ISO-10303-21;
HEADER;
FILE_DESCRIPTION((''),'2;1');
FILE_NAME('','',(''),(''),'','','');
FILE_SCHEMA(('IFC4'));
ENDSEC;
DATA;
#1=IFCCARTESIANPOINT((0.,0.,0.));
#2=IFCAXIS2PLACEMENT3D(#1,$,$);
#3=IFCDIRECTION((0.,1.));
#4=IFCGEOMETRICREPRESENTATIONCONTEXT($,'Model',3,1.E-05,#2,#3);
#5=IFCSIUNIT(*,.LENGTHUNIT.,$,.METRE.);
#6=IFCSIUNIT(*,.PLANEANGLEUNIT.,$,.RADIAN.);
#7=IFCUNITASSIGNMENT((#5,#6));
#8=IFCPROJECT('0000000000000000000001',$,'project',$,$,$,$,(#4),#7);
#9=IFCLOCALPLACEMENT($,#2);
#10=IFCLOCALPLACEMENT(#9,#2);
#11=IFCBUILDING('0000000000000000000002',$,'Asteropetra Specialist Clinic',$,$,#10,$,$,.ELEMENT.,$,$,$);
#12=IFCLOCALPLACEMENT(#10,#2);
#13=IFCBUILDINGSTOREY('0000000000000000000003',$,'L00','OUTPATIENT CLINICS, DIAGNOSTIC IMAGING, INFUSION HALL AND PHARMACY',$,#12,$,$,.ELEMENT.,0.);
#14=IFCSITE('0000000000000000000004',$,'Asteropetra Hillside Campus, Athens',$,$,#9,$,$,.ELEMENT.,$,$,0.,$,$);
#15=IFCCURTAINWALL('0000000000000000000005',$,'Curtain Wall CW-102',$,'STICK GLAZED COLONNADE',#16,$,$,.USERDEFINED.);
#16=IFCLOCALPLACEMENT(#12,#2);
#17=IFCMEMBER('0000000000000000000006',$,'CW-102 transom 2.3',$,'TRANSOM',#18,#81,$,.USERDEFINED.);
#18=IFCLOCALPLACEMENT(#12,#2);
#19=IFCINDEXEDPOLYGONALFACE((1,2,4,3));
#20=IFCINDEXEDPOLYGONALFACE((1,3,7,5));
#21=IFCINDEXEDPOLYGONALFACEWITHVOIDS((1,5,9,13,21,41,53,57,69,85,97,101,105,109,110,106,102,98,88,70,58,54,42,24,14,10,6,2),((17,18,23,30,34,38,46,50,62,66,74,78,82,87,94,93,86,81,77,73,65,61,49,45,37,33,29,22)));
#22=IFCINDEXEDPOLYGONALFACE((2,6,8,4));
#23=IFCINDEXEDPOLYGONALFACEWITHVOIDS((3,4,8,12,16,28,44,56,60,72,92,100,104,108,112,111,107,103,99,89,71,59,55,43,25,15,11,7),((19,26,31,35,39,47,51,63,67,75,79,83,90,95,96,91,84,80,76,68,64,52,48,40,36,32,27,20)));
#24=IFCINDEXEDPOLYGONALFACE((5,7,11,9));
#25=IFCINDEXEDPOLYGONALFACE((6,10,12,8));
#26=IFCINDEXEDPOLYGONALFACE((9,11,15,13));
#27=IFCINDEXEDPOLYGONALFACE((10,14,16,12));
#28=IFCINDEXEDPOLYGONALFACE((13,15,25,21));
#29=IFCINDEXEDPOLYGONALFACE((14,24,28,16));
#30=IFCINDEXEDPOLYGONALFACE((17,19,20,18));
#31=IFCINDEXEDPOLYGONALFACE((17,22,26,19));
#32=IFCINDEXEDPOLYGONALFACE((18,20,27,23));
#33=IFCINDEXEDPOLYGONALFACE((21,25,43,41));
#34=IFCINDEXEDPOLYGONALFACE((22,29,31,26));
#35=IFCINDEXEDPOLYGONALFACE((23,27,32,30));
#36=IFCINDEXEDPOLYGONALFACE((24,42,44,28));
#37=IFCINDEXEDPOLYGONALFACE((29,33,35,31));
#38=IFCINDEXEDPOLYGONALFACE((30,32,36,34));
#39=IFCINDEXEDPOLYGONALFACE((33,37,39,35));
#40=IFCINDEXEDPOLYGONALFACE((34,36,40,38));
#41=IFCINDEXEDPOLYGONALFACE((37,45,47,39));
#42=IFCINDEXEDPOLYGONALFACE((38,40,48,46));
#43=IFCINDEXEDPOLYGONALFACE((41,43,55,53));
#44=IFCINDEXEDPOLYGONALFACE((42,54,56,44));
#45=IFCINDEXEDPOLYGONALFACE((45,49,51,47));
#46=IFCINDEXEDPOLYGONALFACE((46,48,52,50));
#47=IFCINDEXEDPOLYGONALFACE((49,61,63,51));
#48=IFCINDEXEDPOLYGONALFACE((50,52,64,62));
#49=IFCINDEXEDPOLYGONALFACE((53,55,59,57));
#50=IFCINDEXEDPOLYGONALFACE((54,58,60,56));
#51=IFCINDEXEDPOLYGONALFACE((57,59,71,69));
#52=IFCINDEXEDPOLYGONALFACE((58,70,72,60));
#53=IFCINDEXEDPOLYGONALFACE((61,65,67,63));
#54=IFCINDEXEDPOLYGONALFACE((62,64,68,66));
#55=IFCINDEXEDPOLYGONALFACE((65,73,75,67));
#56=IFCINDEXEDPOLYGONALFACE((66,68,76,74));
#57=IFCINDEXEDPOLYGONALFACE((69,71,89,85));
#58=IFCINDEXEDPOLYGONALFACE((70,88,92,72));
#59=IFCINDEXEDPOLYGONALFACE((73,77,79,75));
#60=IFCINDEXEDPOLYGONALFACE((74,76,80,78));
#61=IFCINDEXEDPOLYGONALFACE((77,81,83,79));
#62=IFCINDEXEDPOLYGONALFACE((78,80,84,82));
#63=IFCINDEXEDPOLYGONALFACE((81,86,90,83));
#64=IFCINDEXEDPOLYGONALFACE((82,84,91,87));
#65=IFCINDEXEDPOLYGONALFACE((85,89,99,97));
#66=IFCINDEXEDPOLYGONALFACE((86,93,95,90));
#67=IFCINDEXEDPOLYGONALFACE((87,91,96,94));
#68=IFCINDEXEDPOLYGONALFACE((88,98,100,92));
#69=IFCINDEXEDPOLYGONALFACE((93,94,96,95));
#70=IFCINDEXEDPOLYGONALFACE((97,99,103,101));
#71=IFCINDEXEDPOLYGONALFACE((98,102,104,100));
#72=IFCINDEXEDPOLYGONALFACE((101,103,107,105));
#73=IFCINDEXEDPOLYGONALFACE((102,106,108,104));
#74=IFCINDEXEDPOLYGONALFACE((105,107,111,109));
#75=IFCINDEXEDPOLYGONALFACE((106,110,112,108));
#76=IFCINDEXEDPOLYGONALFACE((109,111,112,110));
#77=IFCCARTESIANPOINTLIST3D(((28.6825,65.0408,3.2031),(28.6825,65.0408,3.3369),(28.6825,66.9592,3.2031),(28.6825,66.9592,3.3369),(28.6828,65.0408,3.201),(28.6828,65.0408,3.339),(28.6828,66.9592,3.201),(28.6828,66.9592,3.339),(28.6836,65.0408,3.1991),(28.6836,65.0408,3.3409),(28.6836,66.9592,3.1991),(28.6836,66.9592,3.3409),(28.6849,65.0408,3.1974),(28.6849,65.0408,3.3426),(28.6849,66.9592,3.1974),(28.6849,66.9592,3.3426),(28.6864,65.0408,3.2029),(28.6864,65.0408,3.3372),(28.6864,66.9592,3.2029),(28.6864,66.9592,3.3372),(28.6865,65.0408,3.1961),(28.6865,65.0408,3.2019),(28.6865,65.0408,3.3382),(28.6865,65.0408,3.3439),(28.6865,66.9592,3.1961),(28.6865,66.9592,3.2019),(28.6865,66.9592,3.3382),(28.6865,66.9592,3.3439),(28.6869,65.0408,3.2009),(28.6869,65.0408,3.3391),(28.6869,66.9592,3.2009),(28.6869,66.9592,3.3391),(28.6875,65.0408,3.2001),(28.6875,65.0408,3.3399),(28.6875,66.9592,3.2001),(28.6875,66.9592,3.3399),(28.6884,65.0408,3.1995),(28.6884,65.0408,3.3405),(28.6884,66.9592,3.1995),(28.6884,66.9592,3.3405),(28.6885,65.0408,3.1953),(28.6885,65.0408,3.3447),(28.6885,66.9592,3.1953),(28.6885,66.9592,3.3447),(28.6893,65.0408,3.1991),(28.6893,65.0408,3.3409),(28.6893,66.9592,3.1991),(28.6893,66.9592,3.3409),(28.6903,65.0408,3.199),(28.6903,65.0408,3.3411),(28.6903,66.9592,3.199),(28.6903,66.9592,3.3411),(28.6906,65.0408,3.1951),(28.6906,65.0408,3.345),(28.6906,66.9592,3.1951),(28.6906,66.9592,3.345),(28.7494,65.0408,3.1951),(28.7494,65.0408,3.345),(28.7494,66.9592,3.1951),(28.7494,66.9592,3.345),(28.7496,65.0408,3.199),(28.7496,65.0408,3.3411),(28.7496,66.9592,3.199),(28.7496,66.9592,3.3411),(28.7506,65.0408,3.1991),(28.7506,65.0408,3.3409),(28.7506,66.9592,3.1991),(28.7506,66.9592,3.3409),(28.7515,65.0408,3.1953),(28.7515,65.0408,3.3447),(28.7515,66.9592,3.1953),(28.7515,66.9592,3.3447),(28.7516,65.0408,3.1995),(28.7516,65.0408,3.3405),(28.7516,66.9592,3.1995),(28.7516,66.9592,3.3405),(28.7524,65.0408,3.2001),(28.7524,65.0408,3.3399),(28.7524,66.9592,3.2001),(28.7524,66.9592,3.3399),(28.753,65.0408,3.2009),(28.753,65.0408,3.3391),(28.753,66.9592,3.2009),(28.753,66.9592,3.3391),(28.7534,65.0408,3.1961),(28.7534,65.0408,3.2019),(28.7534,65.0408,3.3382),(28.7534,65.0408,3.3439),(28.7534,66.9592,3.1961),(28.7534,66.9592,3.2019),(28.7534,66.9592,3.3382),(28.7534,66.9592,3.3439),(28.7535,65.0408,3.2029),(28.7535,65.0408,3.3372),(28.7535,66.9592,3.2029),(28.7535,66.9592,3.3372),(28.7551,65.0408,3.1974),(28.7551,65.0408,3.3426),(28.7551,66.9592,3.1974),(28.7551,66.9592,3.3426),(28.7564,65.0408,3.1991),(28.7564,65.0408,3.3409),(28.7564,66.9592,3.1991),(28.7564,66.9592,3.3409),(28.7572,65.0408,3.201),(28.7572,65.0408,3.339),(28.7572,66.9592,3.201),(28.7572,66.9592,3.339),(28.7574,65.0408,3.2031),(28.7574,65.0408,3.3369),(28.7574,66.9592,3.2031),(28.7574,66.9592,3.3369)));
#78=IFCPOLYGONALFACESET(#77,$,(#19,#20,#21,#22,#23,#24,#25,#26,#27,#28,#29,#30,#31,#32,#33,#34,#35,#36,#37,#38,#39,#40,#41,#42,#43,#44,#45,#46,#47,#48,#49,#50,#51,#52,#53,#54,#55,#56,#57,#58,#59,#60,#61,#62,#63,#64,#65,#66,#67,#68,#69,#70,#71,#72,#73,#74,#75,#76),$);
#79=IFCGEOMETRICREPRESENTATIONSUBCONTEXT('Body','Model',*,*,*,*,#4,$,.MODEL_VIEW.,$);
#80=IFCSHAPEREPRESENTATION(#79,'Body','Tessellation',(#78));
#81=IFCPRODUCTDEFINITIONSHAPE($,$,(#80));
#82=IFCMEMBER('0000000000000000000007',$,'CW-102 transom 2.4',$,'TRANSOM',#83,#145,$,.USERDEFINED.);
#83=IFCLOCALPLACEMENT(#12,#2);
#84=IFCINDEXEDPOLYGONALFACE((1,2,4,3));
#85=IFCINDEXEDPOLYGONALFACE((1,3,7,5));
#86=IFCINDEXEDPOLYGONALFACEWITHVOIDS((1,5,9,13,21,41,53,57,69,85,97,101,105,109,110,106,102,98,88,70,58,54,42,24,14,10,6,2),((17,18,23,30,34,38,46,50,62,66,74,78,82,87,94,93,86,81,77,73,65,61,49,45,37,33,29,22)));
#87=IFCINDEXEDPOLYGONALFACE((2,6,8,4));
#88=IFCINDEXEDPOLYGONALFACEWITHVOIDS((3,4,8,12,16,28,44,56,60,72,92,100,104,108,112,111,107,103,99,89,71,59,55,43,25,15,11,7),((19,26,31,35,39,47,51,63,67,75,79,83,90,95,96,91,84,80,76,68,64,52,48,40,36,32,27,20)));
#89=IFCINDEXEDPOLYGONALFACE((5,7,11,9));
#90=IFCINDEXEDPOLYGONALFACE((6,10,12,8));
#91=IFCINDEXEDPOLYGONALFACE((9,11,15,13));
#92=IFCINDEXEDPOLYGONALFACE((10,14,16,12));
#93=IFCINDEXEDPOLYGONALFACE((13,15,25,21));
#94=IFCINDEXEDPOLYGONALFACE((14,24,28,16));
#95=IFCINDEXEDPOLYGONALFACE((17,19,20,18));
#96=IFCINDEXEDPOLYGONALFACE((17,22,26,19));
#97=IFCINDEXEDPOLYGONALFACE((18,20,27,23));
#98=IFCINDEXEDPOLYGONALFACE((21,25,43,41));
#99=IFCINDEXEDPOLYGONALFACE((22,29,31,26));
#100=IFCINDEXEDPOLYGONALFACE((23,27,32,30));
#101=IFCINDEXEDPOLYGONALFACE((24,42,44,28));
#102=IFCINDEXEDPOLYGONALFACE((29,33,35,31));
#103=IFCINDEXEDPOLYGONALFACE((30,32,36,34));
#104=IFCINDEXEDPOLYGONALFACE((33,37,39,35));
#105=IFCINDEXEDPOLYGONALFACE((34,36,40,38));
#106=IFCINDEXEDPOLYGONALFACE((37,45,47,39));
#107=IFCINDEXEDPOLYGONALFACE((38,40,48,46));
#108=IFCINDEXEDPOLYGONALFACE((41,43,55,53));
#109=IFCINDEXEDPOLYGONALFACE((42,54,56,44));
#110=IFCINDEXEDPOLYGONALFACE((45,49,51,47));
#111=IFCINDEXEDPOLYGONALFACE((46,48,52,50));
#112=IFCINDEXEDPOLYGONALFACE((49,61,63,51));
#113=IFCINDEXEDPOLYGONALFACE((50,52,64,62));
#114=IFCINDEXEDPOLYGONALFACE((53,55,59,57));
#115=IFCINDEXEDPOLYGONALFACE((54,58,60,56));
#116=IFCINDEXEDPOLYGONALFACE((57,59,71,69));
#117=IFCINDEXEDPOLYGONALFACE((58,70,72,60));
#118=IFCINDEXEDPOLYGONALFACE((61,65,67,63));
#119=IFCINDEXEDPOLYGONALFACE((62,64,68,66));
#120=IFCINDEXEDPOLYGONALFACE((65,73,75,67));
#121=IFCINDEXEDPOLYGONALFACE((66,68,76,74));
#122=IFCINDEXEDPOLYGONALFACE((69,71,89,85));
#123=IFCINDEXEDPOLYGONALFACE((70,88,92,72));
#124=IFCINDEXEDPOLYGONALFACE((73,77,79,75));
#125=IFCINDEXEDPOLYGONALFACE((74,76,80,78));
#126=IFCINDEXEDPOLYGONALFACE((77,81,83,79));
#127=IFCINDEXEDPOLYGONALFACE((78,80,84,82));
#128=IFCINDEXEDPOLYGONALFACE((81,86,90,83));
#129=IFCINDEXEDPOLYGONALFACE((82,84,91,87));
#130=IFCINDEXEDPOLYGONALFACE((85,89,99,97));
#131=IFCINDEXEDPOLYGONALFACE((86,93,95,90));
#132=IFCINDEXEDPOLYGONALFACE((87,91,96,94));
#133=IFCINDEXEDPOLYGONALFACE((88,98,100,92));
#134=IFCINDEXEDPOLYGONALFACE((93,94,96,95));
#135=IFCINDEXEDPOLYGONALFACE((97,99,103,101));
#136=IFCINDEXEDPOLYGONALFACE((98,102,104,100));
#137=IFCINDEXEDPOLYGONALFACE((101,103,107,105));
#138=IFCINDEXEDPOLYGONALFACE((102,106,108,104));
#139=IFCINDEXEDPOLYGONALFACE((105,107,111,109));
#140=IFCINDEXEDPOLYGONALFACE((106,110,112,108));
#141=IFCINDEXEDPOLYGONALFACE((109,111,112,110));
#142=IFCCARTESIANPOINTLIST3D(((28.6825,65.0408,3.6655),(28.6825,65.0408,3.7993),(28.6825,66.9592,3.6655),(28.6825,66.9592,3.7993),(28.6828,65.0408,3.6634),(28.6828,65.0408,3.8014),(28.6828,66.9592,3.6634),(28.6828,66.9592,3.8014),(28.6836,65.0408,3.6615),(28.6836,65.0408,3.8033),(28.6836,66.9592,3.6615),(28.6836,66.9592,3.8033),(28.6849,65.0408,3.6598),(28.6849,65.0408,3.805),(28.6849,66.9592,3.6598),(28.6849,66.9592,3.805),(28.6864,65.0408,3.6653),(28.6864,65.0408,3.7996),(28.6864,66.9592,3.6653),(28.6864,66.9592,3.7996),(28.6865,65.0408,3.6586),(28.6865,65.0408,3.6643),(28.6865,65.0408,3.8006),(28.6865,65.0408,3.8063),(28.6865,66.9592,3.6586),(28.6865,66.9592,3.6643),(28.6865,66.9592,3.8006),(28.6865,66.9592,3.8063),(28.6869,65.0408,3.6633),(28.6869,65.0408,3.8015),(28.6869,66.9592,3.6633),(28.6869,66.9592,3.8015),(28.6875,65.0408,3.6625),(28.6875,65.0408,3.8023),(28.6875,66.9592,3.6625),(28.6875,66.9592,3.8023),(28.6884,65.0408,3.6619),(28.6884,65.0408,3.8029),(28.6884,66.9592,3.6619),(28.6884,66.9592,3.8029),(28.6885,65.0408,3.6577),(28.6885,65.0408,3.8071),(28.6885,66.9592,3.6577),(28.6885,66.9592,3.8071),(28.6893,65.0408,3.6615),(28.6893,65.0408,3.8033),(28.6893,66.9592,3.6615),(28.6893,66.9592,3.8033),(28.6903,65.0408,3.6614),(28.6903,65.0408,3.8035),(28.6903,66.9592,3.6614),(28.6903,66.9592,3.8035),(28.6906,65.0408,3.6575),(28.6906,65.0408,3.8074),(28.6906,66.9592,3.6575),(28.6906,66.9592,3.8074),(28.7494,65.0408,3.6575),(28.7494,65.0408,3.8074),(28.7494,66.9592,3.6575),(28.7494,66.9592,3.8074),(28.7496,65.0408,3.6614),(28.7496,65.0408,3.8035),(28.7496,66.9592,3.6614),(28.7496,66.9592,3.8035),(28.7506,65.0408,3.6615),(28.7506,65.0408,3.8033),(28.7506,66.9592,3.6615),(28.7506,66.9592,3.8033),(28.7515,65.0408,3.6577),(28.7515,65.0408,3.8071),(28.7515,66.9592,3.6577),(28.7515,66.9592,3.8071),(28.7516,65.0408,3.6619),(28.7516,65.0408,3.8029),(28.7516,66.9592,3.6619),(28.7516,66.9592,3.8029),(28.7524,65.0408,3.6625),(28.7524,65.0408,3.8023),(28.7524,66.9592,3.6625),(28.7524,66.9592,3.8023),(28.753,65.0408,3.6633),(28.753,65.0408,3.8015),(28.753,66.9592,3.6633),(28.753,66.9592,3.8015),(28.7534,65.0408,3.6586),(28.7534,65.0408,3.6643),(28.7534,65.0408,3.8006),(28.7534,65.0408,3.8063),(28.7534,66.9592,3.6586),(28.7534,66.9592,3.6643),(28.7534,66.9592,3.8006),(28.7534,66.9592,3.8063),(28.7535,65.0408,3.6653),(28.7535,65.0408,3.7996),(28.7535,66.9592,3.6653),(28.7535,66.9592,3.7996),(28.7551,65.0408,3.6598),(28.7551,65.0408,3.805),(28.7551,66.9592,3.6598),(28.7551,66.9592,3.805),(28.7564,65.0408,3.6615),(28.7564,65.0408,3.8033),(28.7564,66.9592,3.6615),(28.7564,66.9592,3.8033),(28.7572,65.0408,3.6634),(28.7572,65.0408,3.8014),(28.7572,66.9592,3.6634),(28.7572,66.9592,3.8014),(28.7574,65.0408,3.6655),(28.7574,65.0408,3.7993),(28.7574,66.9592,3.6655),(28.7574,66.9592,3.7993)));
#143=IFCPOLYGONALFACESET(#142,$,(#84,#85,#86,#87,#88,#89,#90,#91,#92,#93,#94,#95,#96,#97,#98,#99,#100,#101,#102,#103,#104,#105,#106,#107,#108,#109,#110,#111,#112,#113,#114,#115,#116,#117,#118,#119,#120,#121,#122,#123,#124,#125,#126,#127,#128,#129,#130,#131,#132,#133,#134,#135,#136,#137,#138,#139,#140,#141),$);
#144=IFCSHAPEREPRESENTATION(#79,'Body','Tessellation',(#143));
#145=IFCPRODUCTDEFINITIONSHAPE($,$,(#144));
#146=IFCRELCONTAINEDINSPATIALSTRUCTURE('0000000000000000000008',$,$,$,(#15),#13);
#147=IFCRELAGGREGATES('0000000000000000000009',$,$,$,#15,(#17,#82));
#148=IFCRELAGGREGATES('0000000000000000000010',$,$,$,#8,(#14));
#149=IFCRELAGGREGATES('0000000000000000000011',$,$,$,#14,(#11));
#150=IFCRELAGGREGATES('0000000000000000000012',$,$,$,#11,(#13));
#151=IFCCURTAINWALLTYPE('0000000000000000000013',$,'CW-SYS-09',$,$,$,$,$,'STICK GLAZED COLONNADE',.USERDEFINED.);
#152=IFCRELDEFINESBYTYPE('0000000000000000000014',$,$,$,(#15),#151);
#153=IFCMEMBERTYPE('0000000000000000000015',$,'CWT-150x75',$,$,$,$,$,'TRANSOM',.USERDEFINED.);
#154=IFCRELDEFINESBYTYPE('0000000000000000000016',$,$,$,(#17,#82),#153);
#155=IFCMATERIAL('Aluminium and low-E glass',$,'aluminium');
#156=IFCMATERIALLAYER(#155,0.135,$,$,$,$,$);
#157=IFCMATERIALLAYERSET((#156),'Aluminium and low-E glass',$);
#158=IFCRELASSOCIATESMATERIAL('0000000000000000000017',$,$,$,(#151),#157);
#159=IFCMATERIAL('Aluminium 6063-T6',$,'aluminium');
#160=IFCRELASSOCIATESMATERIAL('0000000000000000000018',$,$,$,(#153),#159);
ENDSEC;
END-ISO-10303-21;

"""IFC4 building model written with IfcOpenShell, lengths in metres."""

from ifc_helpers import new_model, si_unit, direction, frame, origin, origin_2d, place, context, subcontext, project, spatial, hollow_rectangle, extrude, material, layer, layer_set, material_profile, profile_set, type_object, element, aggregate, save


model = new_model("IFC4")

# Units and contexts
model_context = context("Model", 3, precision=1e-05, world=origin(), true_north=direction((0.0, 1.0)))
body_context = subcontext(model_context, "Body", "Model", "MODEL_VIEW")
ifc_project = project(units=[si_unit("LENGTHUNIT", "METRE"), si_unit("PLANEANGLEUNIT", "RADIAN")], contexts=[model_context])

# Site, building, storey
site_placement = place(None, origin())
site = spatial("IfcSite", under=ifc_project, at=site_placement, Name="Asteropetra Hillside Campus, Athens", CompositionType="ELEMENT", RefElevation=0.0)
building_placement = place(site_placement, origin())
building = spatial("IfcBuilding", under=site, at=building_placement, Name="Asteropetra Specialist Clinic", CompositionType="ELEMENT")
storey_placement = place(building_placement, origin())
storey = spatial("IfcBuildingStorey", under=building, at=storey_placement, Name="L00", Description="OUTPATIENT CLINICS, DIAGNOSTIC IMAGING, INFUSION HALL AND PHARMACY", CompositionType="ELEMENT", Elevation=0.0)

# Curtain wall, members
ifc_material_1 = material(Name="Aluminium and low-E glass", Category="aluminium")
ifc_layer_1 = layer(ifc_material_1, 0.135)
ifc_layer_set_1 = layer_set([ifc_layer_1], Name="Aluminium and low-E glass")
curtain_wall_type = type_object("IfcCurtainWallType", Name="CW-SYS-09", ElementType="STICK GLAZED COLONNADE", PredefinedType="USERDEFINED", material=ifc_layer_set_1)
curtain_wall_placement = place(storey_placement, origin())
curtain_wall = element("IfcCurtainWall", 1, at=curtain_wall_placement, inside=storey, type_object=curtain_wall_type, Name="Curtain Wall CW-102", ObjectType="STICK GLAZED COLONNADE", PredefinedType="USERDEFINED")
ifc_material_2 = material(Name="Aluminium 6063-T6", Category="aluminium")
ifc_material_profile_1 = material_profile(ifc_material_2, hollow_rectangle(XDim=0.075, YDim=0.1499, WallThickness=0.0039, InnerFilletRadius=0.0039, OuterFilletRadius=0.0081, at=origin_2d()), Name="TRN 150x75x4.0")
ifc_profile_set_1 = profile_set([ifc_material_profile_1], Name="Aluminium 6063-T6")
member_type_1 = type_object("IfcMemberType", Name="CWT-150x75", ElementType="TRANSOM", PredefinedType="USERDEFINED", material=ifc_profile_set_1)
member_1_placement = place(storey_placement, frame((28.72, 66.9592, 3.27), z_axis=(0.0, -1.0, 0.0), x_axis=(1.0, 0.0, 0.0)))
member_1 = element("IfcMember", 2, at=member_1_placement, type_object=member_type_1, Name="CW-102 transom 2.3", ObjectType="TRANSOM", PredefinedType="USERDEFINED", context=body_context, shape_type="SweptSolid", body=[
    extrude(hollow_rectangle(XDim=0.075, YDim=0.1499, WallThickness=0.0039, InnerFilletRadius=0.0039, OuterFilletRadius=0.0081, at=origin_2d()), origin(), (0.0, 0.0, 1.0), 1.9185),
])
member_2_placement = place(storey_placement, frame((28.72, 66.9592, 3.7324), z_axis=(0.0, -1.0, 0.0), x_axis=(1.0, 0.0, 0.0)))
member_2 = element("IfcMember", 3, at=member_2_placement, type_object=member_type_1, Name="CW-102 transom 2.4", ObjectType="TRANSOM", PredefinedType="USERDEFINED", context=body_context, shape_type="SweptSolid", body=[
    extrude(hollow_rectangle(XDim=0.075, YDim=0.1499, WallThickness=0.0039, InnerFilletRadius=0.0039, OuterFilletRadius=0.0081, at=origin_2d()), origin(), (0.0, 0.0, 1.0), 1.9185),
])
aggregate(curtain_wall, [member_1, member_2])

save(model, "model.ifc")
